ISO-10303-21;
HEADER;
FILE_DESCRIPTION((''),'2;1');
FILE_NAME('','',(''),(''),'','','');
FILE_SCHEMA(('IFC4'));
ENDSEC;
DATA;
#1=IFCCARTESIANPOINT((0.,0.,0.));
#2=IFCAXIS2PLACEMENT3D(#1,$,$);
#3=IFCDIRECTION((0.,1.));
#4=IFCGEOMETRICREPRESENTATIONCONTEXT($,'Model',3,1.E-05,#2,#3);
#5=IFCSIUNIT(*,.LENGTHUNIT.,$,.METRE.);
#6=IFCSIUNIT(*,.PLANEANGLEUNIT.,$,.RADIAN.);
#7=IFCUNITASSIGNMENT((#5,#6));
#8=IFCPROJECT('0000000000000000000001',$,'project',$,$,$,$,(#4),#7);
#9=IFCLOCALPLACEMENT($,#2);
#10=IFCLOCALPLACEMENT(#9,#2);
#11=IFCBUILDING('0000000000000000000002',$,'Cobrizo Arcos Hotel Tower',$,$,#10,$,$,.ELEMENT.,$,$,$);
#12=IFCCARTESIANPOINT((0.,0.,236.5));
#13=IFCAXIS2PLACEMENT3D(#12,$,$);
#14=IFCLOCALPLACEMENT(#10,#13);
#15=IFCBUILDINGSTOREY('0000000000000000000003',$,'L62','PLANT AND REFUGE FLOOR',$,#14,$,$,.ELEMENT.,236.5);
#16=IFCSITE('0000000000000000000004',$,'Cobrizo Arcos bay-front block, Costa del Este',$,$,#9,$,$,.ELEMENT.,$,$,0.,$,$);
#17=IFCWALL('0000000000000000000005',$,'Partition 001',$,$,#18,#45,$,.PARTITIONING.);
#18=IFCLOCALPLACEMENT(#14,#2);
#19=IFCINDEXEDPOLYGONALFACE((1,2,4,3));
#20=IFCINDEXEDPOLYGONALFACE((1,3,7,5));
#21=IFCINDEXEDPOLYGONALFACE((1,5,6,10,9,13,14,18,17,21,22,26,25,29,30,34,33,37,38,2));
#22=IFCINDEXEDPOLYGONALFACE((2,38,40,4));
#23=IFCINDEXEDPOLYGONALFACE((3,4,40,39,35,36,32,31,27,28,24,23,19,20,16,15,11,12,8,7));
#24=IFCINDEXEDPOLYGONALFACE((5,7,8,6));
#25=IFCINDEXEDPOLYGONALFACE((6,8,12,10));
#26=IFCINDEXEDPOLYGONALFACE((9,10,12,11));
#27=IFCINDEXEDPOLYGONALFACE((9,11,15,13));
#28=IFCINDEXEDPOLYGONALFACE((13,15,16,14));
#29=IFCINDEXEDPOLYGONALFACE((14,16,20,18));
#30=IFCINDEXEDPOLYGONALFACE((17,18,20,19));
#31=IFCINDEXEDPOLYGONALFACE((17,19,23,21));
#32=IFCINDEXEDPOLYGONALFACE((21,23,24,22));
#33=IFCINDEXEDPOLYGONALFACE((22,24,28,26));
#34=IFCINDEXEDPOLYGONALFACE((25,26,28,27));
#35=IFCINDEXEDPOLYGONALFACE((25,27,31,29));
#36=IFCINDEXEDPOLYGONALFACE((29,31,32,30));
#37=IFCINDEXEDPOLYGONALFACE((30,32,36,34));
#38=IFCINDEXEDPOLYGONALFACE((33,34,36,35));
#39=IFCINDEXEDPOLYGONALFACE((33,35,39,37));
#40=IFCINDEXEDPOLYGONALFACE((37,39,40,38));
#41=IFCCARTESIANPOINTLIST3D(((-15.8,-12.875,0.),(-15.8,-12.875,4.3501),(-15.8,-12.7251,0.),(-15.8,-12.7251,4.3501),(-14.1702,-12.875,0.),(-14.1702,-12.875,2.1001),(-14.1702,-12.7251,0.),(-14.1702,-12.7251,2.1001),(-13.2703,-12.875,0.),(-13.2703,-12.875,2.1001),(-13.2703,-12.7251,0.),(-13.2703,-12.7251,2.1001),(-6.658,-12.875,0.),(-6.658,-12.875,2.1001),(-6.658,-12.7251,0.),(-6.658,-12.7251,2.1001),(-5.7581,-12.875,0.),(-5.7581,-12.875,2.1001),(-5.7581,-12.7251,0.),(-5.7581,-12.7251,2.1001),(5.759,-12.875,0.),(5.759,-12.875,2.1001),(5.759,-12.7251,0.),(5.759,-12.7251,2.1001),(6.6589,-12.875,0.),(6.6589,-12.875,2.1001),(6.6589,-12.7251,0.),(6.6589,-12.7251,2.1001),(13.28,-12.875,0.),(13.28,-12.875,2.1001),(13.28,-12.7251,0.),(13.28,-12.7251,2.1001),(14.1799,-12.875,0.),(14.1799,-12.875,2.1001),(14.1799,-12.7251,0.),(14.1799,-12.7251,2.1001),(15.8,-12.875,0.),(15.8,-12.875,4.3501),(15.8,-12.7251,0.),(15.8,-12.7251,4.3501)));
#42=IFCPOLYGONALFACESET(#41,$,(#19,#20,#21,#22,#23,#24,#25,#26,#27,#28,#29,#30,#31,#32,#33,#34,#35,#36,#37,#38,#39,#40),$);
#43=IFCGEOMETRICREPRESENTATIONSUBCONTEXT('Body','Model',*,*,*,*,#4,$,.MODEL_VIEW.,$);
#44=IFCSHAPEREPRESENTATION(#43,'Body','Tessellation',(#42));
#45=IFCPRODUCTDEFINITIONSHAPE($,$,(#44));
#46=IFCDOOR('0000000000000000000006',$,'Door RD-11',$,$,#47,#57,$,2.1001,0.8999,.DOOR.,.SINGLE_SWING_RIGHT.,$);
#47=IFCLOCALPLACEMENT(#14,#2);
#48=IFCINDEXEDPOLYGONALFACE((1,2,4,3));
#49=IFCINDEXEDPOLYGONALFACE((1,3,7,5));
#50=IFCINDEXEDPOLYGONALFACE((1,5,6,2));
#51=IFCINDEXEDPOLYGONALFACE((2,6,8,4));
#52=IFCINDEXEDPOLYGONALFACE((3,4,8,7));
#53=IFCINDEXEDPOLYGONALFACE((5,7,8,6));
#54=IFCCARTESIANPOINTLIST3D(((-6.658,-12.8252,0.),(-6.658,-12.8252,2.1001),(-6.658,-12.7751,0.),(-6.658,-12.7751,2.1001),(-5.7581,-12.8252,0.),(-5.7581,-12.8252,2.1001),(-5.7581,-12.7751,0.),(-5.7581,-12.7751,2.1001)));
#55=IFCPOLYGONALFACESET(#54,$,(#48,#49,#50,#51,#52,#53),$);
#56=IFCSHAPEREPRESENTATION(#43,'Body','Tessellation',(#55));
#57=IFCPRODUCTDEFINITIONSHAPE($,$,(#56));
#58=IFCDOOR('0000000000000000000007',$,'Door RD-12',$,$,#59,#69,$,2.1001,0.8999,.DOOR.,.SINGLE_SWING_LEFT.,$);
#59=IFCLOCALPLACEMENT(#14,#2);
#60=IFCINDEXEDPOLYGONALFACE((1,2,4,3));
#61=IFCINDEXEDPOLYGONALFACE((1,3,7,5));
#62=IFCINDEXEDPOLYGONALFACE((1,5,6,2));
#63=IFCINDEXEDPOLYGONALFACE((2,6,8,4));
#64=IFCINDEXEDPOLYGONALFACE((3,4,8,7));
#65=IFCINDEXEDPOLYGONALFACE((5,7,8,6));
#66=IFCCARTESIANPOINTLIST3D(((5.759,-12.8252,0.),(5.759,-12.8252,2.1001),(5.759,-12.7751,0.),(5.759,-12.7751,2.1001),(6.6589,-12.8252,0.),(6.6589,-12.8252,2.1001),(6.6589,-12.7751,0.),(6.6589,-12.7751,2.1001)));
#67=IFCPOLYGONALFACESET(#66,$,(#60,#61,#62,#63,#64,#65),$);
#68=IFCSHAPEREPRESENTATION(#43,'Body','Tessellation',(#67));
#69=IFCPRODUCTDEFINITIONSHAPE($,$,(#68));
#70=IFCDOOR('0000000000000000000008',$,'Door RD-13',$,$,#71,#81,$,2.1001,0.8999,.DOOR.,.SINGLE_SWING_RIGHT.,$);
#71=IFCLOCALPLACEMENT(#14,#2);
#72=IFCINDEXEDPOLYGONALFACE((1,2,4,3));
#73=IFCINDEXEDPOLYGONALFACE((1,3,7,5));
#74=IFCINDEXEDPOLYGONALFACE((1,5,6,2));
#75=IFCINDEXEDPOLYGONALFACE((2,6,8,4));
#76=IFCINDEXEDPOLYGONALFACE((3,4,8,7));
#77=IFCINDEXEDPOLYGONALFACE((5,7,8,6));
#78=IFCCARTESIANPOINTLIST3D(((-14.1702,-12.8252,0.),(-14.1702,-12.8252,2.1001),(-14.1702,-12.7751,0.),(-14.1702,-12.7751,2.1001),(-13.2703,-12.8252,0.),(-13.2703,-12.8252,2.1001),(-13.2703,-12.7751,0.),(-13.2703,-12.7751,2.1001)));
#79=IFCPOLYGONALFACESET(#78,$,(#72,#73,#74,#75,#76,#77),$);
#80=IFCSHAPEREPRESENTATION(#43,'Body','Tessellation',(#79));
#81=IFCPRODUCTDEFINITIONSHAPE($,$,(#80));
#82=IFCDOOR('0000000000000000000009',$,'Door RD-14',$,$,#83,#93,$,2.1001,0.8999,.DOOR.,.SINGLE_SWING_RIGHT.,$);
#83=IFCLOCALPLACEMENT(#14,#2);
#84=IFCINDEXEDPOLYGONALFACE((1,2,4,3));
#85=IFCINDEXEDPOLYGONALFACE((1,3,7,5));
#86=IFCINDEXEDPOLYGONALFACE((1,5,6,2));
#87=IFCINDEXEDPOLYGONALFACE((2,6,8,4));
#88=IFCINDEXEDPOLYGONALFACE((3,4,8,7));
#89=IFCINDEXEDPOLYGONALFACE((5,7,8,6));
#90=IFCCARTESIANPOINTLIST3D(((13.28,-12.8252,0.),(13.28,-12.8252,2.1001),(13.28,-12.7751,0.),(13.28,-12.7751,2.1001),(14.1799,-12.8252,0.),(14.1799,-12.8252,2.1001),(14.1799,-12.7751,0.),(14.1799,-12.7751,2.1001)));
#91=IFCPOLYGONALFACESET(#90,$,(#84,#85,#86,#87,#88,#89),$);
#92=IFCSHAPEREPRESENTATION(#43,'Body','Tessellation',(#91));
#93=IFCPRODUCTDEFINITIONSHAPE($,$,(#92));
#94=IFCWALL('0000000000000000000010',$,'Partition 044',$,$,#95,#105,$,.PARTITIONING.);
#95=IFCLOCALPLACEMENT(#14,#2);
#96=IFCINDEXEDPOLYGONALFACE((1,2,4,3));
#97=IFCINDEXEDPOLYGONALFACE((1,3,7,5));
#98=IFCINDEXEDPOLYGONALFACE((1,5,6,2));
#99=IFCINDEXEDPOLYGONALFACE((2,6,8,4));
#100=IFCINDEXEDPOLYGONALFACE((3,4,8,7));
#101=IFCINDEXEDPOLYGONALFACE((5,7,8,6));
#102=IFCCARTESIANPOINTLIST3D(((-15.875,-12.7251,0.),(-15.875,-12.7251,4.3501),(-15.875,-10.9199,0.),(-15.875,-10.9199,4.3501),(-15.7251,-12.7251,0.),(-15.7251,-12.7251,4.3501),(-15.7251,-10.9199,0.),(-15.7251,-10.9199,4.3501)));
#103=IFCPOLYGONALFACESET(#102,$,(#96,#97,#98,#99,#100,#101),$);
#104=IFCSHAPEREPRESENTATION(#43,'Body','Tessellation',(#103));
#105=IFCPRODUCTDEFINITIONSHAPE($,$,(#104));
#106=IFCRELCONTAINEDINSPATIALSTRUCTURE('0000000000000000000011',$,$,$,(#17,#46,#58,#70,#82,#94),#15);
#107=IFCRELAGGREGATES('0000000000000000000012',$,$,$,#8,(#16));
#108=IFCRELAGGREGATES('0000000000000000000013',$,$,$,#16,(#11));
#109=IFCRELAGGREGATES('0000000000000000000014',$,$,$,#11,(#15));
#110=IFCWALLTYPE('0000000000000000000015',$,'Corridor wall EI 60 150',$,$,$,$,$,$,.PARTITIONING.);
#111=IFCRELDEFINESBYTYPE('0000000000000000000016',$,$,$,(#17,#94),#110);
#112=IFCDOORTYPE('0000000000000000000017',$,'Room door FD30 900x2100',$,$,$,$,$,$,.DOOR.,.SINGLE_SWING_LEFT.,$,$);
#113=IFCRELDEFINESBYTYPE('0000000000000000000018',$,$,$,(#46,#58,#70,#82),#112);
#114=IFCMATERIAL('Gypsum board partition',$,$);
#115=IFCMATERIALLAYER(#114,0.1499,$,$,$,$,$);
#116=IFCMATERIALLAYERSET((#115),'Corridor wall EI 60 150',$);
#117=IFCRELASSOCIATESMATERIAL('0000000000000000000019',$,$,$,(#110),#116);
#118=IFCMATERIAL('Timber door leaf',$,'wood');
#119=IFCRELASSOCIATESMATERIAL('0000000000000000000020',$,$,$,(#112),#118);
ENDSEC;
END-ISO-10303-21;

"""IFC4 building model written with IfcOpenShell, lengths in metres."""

from ifc_helpers import new_model, si_unit, direction, frame, frame_2d, origin, place, context, subcontext, project, spatial, rectangle, extrude, material, layer, layer_set, type_object, element, fill, save


model = new_model("IFC4")

# Units and contexts
model_context = context("Model", 3, precision=1e-05, world=origin(), true_north=direction((0.0, 1.0)))
body_context = subcontext(model_context, "Body", "Model", "MODEL_VIEW")
ifc_project = project(units=[si_unit("LENGTHUNIT", "METRE"), si_unit("PLANEANGLEUNIT", "RADIAN")], contexts=[model_context])

# Site, building, storey
site_placement = place(None, origin())
site = spatial("IfcSite", under=ifc_project, at=site_placement, Name="Cobrizo Arcos bay-front block, Costa del Este", CompositionType="ELEMENT", RefElevation=0.0)
building_placement = place(site_placement, origin())
building = spatial("IfcBuilding", under=site, at=building_placement, Name="Cobrizo Arcos Hotel Tower", CompositionType="ELEMENT")
storey_placement = place(building_placement, frame((0.0, 0.0, 236.5)))
storey = spatial("IfcBuildingStorey", under=building, at=storey_placement, Name="L62", Description="PLANT AND REFUGE FLOOR", CompositionType="ELEMENT", Elevation=236.5)

# Wall, openings, doors
ifc_material_1 = material(Name="Gypsum board partition")
ifc_layer_1 = layer(ifc_material_1, 0.1499)
ifc_layer_set_1 = layer_set([ifc_layer_1], Name="Corridor wall EI 60 150")
wall_type_1 = type_object("IfcWallType", Name="Corridor wall EI 60 150", PredefinedType="PARTITIONING", material=ifc_layer_set_1)
wall_1_placement = place(storey_placement, frame((-15.8, -12.8, 0.0), z_axis=(0.0, 0.0, 1.0), x_axis=(1.0, 0.0, 0.0)))
wall_1 = element("IfcWall", 1, at=wall_1_placement, inside=storey, type_object=wall_type_1, Name="Partition 001", PredefinedType="PARTITIONING", context=body_context, shape_type="SweptSolid", body=[
    extrude(rectangle(XDim=31.6001, YDim=0.1499, at=frame_2d((15.8, 0.0))), origin(), (0.0, 0.0, 1.0), 4.3501),
])
opening_1_placement = place(wall_1_placement, frame((9.1421, 0.0, 0.0)))
opening_1 = element("IfcOpeningElement", 2, at=opening_1_placement, cuts=wall_1, PredefinedType="OPENING", context=body_context, shape_type="SweptSolid", body=[
    extrude(rectangle(XDim=0.8999, YDim=2.1001, at=frame_2d((0.45, 1.05))), frame((0.0, 0.0869, 0.0), z_axis=(0.0, -1.0, 0.0), x_axis=(1.0, 0.0, 0.0)), (0.0, 0.0, 1.0), 0.1738),
])
opening_2_placement = place(wall_1_placement, frame((21.5591, 0.0, 0.0)))
opening_2 = element("IfcOpeningElement", 3, at=opening_2_placement, cuts=wall_1, PredefinedType="OPENING", context=body_context, shape_type="SweptSolid", body=[
    extrude(rectangle(XDim=0.8999, YDim=2.1001, at=frame_2d((0.45, 1.05))), frame((0.0, 0.0869, 0.0), z_axis=(0.0, -1.0, 0.0), x_axis=(1.0, 0.0, 0.0)), (0.0, 0.0, 1.0), 0.1738),
])
opening_3_placement = place(wall_1_placement, frame((1.6299, 0.0, 0.0)))
opening_3 = element("IfcOpeningElement", 4, at=opening_3_placement, cuts=wall_1, PredefinedType="OPENING", context=body_context, shape_type="SweptSolid", body=[
    extrude(rectangle(XDim=0.8999, YDim=2.1001, at=frame_2d((0.45, 1.05))), frame((0.0, 0.0869, 0.0), z_axis=(0.0, -1.0, 0.0), x_axis=(1.0, 0.0, 0.0)), (0.0, 0.0, 1.0), 0.1738),
])
opening_4_placement = place(wall_1_placement, frame((29.0801, 0.0, 0.0)))
opening_4 = element("IfcOpeningElement", 5, at=opening_4_placement, cuts=wall_1, PredefinedType="OPENING", context=body_context, shape_type="SweptSolid", body=[
    extrude(rectangle(XDim=0.8999, YDim=2.1001, at=frame_2d((0.45, 1.05))), frame((0.0, 0.0869, 0.0), z_axis=(0.0, -1.0, 0.0), x_axis=(1.0, 0.0, 0.0)), (0.0, 0.0, 1.0), 0.1738),
])
ifc_material_2 = material(Name="Timber door leaf", Category="wood")
door_type_1 = type_object("IfcDoorType", Name="Room door FD30 900x2100", OperationType="SINGLE_SWING_LEFT", PredefinedType="DOOR", material=ifc_material_2)
door_1_placement = place(opening_1_placement, origin())
door_1 = element("IfcDoor", 6, at=door_1_placement, inside=storey, type_object=door_type_1, Name="Door RD-11", OperationType="SINGLE_SWING_RIGHT", OverallHeight=2.1001, OverallWidth=0.8999, PredefinedType="DOOR", context=body_context, shape_type="SweptSolid", body=[
    extrude(rectangle(XDim=0.8999, YDim=2.1001, at=frame_2d((0.45, 1.05))), frame((0.0, 0.0249, 0.0), z_axis=(0.0, -1.0, 0.0), x_axis=(1.0, 0.0, 0.0)), (0.0, 0.0, 1.0), 0.05),
])
fill(opening_1, door_1)
door_2_placement = place(opening_2_placement, origin())
door_2 = element("IfcDoor", 7, at=door_2_placement, inside=storey, type_object=door_type_1, Name="Door RD-12", OperationType="SINGLE_SWING_LEFT", OverallHeight=2.1001, OverallWidth=0.8999, PredefinedType="DOOR", context=body_context, shape_type="SweptSolid", body=[
    extrude(rectangle(XDim=0.8999, YDim=2.1001, at=frame_2d((0.45, 1.05))), frame((0.0, 0.0249, 0.0), z_axis=(0.0, -1.0, 0.0), x_axis=(1.0, 0.0, 0.0)), (0.0, 0.0, 1.0), 0.05),
])
fill(opening_2, door_2)
door_3_placement = place(opening_3_placement, origin())
door_3 = element("IfcDoor", 8, at=door_3_placement, inside=storey, type_object=door_type_1, Name="Door RD-13", OperationType="SINGLE_SWING_RIGHT", OverallHeight=2.1001, OverallWidth=0.8999, PredefinedType="DOOR", context=body_context, shape_type="SweptSolid", body=[
    extrude(rectangle(XDim=0.8999, YDim=2.1001, at=frame_2d((0.45, 1.05))), frame((0.0, 0.0249, 0.0), z_axis=(0.0, -1.0, 0.0), x_axis=(1.0, 0.0, 0.0)), (0.0, 0.0, 1.0), 0.05),
])
fill(opening_3, door_3)
door_4_placement = place(opening_4_placement, origin())
door_4 = element("IfcDoor", 9, at=door_4_placement, inside=storey, type_object=door_type_1, Name="Door RD-14", OperationType="SINGLE_SWING_RIGHT", OverallHeight=2.1001, OverallWidth=0.8999, PredefinedType="DOOR", context=body_context, shape_type="SweptSolid", body=[
    extrude(rectangle(XDim=0.8999, YDim=2.1001, at=frame_2d((0.45, 1.05))), frame((0.0, 0.0249, 0.0), z_axis=(0.0, -1.0, 0.0), x_axis=(1.0, 0.0, 0.0)), (0.0, 0.0, 1.0), 0.05),
])
fill(opening_4, door_4)

# Wall
wall_2_placement = place(storey_placement, frame((-15.8, -12.7251, 0.0), z_axis=(0.0, 0.0, 1.0), x_axis=(0.0, 1.0, 0.0)))
element("IfcWall", 10, at=wall_2_placement, inside=storey, type_object=wall_type_1, Name="Partition 044", PredefinedType="PARTITIONING", context=body_context, shape_type="SweptSolid", body=[
    extrude(rectangle(XDim=1.8052, YDim=0.1499, at=frame_2d((0.9026, 0.0))), origin(), (0.0, 0.0, 1.0), 4.3501),
])

save(model, "model.ifc")
